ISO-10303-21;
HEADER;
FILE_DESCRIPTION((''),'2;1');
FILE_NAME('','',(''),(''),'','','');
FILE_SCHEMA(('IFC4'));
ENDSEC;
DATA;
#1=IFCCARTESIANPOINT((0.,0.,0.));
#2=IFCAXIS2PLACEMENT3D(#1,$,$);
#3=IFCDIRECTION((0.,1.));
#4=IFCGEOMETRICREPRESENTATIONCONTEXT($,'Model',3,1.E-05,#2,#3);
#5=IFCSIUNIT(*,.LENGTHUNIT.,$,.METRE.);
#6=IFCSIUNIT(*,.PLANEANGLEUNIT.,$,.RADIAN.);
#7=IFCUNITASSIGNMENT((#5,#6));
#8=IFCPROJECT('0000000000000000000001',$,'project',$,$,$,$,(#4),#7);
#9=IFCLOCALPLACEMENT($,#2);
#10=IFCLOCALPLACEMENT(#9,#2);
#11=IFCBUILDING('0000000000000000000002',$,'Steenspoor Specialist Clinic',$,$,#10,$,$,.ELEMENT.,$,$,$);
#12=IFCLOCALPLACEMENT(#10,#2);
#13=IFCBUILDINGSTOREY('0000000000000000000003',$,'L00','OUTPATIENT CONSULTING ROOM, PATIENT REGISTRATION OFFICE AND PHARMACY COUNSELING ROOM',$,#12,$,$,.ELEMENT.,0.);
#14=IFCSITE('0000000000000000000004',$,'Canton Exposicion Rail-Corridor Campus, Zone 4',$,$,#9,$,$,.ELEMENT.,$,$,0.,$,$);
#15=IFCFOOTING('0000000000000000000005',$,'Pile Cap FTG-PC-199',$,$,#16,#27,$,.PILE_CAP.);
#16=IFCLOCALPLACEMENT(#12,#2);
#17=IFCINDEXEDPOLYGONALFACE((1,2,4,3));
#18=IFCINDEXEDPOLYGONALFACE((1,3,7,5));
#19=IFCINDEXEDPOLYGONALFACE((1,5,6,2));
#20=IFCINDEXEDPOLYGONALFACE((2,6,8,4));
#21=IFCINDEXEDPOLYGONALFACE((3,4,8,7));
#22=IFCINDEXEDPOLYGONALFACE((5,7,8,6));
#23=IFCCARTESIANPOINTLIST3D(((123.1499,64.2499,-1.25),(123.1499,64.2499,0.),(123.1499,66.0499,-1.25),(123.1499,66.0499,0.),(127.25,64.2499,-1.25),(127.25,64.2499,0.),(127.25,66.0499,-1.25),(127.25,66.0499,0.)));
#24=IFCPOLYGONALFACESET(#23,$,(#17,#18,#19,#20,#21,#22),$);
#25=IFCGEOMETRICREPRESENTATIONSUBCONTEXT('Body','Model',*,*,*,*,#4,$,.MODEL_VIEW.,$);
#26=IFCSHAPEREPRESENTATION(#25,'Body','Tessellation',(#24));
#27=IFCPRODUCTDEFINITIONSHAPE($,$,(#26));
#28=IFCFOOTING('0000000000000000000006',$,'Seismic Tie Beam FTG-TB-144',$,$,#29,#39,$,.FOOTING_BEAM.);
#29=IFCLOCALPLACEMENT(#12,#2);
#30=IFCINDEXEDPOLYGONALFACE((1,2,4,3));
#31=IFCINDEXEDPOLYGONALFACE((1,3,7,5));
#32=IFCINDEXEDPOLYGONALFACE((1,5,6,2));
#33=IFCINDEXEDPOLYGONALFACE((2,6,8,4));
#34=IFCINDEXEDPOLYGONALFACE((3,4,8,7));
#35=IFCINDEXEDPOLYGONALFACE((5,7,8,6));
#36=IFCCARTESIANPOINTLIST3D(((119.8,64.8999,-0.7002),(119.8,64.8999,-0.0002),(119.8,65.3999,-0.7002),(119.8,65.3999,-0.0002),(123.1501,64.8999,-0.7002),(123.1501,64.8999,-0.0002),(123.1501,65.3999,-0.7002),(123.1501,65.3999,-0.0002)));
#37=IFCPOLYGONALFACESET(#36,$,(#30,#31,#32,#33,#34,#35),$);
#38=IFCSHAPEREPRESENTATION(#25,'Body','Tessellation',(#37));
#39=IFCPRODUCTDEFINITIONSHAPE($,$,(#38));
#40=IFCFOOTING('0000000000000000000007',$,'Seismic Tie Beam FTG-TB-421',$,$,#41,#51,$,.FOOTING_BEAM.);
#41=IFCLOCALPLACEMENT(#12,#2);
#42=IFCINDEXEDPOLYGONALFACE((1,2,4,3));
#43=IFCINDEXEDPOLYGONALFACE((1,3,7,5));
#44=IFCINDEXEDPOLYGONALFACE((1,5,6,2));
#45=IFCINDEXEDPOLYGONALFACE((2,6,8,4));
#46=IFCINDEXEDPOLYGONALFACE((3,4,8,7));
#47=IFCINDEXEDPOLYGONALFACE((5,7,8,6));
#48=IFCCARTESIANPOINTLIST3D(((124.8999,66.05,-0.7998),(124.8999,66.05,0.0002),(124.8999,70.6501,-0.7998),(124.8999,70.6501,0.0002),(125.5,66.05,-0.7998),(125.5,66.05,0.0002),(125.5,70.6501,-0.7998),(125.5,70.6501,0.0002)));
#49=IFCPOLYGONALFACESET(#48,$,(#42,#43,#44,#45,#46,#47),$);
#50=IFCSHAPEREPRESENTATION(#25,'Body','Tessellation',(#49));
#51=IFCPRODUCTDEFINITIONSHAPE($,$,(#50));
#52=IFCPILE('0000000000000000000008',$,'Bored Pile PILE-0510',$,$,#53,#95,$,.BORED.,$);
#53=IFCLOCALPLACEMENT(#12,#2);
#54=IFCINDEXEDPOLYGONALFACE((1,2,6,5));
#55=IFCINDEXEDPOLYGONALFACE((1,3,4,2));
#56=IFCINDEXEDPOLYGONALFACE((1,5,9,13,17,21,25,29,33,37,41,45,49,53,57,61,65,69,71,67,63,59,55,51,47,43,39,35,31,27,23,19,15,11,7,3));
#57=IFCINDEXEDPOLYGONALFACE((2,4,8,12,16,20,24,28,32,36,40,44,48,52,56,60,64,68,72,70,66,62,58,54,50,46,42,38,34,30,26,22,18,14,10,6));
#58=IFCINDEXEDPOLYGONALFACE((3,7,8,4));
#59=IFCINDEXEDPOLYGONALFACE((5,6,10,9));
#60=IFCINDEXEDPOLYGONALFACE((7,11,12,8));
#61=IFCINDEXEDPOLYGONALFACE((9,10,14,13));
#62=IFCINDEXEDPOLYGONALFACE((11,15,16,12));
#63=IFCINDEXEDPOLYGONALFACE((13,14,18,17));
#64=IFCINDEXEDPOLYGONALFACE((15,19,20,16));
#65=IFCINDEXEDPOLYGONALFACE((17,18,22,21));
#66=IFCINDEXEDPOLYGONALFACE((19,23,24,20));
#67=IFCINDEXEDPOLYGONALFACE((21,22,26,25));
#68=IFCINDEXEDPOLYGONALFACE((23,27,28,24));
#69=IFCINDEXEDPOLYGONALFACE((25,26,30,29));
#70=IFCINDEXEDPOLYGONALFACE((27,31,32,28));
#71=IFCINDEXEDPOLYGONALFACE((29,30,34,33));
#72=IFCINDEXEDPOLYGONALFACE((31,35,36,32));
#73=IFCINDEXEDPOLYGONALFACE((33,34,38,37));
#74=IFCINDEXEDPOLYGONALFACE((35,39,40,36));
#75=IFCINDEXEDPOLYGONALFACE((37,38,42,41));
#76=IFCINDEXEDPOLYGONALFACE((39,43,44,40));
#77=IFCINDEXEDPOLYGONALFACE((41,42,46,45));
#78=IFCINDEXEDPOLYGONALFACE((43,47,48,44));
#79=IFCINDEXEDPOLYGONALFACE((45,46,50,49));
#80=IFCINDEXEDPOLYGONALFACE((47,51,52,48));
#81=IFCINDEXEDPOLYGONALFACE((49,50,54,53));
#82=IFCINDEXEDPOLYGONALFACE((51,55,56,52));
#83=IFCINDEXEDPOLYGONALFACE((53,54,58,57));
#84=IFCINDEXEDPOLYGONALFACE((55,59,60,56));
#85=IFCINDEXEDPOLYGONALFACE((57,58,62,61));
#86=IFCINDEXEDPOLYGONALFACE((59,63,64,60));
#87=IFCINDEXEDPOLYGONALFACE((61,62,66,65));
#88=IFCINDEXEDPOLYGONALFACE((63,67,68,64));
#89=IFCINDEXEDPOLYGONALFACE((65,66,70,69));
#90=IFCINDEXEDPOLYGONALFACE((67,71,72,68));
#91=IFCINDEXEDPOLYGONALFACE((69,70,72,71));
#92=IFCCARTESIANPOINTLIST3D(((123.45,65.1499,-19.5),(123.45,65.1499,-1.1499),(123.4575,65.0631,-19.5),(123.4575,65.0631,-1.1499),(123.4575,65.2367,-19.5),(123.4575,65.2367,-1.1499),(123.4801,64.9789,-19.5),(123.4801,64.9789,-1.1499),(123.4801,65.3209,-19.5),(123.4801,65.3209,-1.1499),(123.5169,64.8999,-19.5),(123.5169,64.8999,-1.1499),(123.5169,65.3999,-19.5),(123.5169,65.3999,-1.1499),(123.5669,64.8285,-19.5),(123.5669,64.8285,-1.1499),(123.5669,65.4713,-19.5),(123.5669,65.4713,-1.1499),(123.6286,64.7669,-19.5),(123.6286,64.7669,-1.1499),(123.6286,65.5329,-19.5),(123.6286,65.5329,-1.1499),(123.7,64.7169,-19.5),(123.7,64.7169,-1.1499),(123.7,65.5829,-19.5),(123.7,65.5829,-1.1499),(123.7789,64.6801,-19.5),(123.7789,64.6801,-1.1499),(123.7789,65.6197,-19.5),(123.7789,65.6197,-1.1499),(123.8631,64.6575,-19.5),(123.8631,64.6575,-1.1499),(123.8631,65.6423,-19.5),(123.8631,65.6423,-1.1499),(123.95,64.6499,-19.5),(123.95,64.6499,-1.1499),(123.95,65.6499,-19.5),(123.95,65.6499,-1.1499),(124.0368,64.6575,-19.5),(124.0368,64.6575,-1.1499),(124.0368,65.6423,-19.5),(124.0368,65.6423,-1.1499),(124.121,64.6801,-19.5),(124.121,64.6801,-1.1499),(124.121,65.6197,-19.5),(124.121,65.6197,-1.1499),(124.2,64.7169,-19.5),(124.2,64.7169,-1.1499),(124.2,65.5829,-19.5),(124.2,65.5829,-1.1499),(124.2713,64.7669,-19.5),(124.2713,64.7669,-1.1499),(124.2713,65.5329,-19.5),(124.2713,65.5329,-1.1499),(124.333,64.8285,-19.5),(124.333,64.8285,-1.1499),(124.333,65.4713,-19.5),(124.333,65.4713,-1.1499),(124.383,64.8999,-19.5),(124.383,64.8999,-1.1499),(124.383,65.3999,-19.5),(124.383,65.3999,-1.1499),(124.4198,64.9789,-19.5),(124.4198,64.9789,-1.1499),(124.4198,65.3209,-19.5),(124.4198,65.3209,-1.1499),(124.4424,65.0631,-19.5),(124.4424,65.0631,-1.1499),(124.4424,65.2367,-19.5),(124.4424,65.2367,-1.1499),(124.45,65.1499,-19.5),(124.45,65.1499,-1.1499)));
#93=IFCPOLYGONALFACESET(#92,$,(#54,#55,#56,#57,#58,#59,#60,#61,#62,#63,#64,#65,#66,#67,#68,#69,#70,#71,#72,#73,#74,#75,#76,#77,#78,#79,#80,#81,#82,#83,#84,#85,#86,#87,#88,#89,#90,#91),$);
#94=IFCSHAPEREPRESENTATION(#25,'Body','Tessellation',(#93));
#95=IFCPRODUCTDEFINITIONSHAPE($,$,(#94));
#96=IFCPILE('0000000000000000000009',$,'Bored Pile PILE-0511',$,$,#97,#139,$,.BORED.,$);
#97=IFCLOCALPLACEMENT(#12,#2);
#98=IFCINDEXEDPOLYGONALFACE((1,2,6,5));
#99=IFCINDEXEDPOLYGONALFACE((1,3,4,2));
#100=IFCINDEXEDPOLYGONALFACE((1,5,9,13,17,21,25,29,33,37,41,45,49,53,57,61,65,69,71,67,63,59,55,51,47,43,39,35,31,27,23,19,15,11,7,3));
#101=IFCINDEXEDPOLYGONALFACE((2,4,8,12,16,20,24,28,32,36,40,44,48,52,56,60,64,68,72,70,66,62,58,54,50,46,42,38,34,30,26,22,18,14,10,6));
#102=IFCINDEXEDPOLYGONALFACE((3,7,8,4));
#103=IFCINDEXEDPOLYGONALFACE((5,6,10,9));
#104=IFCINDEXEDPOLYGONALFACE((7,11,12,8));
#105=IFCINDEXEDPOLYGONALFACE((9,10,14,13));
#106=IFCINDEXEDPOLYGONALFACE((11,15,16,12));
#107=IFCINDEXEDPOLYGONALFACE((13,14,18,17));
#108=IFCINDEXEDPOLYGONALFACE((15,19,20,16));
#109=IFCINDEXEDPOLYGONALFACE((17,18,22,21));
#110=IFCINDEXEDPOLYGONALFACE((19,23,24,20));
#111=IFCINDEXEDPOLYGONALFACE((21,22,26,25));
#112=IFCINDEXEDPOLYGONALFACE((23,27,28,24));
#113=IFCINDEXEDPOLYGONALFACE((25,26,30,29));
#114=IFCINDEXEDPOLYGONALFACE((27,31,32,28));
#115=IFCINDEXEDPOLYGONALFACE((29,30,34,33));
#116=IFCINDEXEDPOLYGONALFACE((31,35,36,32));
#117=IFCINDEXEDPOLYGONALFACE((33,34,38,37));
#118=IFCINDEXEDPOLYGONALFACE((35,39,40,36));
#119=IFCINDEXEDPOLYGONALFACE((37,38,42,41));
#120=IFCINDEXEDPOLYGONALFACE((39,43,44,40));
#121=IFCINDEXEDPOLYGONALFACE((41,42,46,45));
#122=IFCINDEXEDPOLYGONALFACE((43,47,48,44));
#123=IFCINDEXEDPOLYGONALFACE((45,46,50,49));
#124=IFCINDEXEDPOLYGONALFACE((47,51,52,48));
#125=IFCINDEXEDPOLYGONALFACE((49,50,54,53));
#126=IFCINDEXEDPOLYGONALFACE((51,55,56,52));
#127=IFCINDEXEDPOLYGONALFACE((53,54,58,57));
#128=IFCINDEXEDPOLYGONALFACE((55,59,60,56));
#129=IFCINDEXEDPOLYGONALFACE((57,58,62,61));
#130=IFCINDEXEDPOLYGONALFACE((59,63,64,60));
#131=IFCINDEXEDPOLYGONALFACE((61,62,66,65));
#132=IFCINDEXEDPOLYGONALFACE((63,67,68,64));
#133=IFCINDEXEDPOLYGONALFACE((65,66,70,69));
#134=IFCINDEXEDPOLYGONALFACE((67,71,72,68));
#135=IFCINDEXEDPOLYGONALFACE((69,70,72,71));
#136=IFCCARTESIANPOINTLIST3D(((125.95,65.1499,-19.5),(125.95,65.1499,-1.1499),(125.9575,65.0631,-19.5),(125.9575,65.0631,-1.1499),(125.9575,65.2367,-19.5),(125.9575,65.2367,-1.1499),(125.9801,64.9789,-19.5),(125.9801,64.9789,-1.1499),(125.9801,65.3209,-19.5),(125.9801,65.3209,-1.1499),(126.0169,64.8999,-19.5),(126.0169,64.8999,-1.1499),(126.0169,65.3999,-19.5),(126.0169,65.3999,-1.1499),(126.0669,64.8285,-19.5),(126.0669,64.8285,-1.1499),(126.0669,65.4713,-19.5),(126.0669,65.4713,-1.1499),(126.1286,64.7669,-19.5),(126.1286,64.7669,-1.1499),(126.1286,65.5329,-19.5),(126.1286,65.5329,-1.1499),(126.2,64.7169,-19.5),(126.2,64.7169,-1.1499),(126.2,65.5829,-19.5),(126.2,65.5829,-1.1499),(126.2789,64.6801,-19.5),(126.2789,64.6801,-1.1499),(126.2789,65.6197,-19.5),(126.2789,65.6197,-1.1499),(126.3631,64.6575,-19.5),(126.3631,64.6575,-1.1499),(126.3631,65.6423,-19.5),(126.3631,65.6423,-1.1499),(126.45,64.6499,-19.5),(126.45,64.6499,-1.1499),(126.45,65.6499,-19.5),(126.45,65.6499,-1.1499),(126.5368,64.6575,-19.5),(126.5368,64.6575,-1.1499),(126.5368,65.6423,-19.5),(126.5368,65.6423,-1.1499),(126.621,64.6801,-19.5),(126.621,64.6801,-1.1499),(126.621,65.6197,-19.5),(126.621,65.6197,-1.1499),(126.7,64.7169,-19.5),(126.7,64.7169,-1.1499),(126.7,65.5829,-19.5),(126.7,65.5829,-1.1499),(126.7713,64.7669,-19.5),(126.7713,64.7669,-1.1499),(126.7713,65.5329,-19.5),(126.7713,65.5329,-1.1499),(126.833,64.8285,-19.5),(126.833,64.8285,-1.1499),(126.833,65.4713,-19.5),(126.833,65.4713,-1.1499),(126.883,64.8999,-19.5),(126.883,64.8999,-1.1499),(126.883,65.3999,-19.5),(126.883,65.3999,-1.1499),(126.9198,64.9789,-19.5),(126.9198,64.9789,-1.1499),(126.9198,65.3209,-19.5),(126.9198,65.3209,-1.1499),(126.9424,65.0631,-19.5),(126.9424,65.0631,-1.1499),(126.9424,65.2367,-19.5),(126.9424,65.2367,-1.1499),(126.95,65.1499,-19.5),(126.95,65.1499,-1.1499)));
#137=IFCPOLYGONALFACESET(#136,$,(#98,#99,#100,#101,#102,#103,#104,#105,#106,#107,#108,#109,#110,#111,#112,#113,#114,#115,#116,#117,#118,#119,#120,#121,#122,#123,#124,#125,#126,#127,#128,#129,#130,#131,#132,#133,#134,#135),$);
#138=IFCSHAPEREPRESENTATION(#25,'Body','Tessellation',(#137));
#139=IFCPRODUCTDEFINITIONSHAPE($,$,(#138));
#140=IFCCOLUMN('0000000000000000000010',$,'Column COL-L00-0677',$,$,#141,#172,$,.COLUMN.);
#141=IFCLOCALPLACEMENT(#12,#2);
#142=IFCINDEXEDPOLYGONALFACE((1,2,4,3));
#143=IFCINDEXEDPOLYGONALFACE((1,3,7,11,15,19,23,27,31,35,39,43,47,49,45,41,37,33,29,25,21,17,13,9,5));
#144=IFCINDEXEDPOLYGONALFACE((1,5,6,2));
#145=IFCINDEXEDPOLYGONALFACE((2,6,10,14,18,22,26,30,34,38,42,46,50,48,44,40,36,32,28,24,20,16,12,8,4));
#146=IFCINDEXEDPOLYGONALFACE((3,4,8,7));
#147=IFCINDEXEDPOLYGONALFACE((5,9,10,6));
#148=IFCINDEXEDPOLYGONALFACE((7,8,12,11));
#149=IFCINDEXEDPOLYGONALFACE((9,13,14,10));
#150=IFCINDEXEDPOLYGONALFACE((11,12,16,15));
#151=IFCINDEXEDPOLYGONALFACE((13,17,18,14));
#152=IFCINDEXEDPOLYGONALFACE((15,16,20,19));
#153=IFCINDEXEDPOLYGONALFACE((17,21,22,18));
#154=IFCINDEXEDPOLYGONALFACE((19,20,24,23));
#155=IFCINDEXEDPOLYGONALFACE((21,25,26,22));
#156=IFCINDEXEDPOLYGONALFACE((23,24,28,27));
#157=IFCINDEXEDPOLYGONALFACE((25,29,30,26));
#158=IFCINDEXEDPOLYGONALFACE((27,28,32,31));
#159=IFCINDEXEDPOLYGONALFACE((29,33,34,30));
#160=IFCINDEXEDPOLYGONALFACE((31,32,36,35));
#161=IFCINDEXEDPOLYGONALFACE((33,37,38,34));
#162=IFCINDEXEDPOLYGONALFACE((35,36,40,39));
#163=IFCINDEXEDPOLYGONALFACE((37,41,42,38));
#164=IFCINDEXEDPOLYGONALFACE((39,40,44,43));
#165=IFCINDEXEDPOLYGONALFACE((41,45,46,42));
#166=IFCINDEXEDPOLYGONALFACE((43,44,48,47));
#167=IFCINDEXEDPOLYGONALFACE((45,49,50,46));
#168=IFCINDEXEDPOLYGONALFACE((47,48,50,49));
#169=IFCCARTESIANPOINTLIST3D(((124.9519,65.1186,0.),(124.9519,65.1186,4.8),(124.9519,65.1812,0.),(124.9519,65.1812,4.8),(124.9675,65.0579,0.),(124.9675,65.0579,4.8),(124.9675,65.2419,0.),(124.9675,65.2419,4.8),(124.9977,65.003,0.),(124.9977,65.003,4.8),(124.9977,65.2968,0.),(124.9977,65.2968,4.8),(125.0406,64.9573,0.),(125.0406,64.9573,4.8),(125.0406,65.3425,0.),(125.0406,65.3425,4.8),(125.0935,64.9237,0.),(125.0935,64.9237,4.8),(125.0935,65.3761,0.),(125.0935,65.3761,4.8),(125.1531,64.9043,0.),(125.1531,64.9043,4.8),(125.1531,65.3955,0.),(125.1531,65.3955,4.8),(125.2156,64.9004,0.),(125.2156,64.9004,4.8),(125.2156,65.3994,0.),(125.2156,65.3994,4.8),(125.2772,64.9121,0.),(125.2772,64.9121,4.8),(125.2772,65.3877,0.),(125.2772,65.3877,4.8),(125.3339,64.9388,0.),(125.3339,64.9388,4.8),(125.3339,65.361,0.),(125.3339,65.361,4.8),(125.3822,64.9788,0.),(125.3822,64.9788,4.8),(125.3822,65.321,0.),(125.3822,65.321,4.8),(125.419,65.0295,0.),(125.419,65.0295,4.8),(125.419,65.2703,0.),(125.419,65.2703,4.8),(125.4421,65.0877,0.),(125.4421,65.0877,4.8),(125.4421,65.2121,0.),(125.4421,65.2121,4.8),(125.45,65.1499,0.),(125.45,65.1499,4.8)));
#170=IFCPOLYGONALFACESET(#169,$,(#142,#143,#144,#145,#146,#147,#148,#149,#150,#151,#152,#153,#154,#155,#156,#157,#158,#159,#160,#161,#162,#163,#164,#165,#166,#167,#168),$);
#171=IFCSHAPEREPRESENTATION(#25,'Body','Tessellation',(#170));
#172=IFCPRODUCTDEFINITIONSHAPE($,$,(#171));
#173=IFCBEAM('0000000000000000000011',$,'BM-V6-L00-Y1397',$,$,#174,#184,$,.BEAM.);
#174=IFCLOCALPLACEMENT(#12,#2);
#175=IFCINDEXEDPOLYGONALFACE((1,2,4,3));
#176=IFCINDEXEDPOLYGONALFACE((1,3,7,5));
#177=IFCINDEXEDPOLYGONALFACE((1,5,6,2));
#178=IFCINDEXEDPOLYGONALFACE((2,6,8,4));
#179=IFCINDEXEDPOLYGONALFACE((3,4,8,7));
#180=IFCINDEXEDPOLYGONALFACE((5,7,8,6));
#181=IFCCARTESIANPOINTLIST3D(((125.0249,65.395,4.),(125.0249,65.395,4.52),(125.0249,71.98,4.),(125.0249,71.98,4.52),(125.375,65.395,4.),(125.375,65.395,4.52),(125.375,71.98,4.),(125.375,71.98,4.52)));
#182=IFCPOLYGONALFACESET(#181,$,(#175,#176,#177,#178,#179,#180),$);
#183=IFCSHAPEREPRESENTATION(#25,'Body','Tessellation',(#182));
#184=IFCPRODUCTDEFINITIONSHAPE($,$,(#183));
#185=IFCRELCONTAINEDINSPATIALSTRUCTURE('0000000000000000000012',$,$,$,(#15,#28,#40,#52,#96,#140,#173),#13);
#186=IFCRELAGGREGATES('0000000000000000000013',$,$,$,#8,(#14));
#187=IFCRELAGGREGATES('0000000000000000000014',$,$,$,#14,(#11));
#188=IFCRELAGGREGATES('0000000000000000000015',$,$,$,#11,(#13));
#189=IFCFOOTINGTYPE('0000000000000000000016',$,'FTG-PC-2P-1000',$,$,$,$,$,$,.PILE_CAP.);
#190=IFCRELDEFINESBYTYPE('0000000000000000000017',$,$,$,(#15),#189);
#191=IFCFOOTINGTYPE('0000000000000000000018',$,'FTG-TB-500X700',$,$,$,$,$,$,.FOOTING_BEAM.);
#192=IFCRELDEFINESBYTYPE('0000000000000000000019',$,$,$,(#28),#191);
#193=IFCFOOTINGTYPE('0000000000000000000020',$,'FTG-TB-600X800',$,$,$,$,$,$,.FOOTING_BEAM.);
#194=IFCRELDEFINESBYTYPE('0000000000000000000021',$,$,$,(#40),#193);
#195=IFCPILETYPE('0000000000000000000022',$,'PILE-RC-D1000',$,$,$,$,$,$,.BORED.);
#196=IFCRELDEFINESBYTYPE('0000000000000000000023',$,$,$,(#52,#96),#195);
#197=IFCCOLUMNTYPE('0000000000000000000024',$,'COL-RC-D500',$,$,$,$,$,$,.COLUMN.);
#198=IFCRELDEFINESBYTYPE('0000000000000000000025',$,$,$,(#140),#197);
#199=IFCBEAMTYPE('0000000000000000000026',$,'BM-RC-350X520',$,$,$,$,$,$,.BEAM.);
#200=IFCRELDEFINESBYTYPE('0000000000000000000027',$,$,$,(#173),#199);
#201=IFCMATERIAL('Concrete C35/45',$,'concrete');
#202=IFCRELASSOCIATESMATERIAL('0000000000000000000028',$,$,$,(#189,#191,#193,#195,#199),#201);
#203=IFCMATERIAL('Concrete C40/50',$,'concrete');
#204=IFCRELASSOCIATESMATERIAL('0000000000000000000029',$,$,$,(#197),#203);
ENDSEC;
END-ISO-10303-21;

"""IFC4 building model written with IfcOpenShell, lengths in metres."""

from ifc_helpers import new_model, si_unit, direction, frame, origin, origin_2d, place, context, subcontext, project, spatial, rectangle, circle, extrude, material, material_profile, profile_set, type_object, element, save


model = new_model("IFC4")

# Units and contexts
model_context = context("Model", 3, precision=1e-05, world=origin(), true_north=direction((0.0, 1.0)))
body_context = subcontext(model_context, "Body", "Model", "MODEL_VIEW")
ifc_project = project(units=[si_unit("LENGTHUNIT", "METRE"), si_unit("PLANEANGLEUNIT", "RADIAN")], contexts=[model_context])

# Site, building, storey
site_placement = place(None, origin())
site = spatial("IfcSite", under=ifc_project, at=site_placement, Name="Canton Exposicion Rail-Corridor Campus, Zone 4", CompositionType="ELEMENT", RefElevation=0.0)
building_placement = place(site_placement, origin())
building = spatial("IfcBuilding", under=site, at=building_placement, Name="Steenspoor Specialist Clinic", CompositionType="ELEMENT")
storey_placement = place(building_placement, origin())
storey = spatial("IfcBuildingStorey", under=building, at=storey_placement, Name="L00", Description="OUTPATIENT CONSULTING ROOM, PATIENT REGISTRATION OFFICE AND PHARMACY COUNSELING ROOM", CompositionType="ELEMENT", Elevation=0.0)

# Footings
ifc_material_1 = material(Name="Concrete C35/45", Category="concrete")
footing_type_1 = type_object("IfcFootingType", Name="FTG-PC-2P-1000", PredefinedType="PILE_CAP", material=ifc_material_1)
footing_1_placement = place(storey_placement, frame((125.2, 65.1499, -1.25), z_axis=(0.0, 0.0, 1.0), x_axis=(1.0, 0.0, 0.0)))
element("IfcFooting", 1, at=footing_1_placement, inside=storey, type_object=footing_type_1, Name="Pile Cap FTG-PC-199", PredefinedType="PILE_CAP", context=body_context, shape_type="SweptSolid", body=[
    extrude(rectangle(XDim=4.1001, YDim=1.8, at=origin_2d()), origin(), (0.0, 0.0, 1.0), 1.25),
])
footing_type_2 = type_object("IfcFootingType", Name="FTG-TB-500X700", PredefinedType="FOOTING_BEAM", material=ifc_material_1)
footing_2_placement = place(storey_placement, frame((121.4751, 65.1499, -0.7002), z_axis=(0.0, 0.0, 1.0), x_axis=(1.0, 0.0, 0.0)))
element("IfcFooting", 2, at=footing_2_placement, inside=storey, type_object=footing_type_2, Name="Seismic Tie Beam FTG-TB-144", PredefinedType="FOOTING_BEAM", context=body_context, shape_type="SweptSolid", body=[
    extrude(rectangle(XDim=3.3501, YDim=0.5, at=origin_2d()), origin(), (0.0, 0.0, 1.0), 0.7),
])
footing_type_3 = type_object("IfcFootingType", Name="FTG-TB-600X800", PredefinedType="FOOTING_BEAM", material=ifc_material_1)
footing_3_placement = place(storey_placement, frame((125.2, 68.3501, -0.7998), z_axis=(0.0, 0.0, 1.0), x_axis=(1.0, 0.0, 0.0)))
element("IfcFooting", 3, at=footing_3_placement, inside=storey, type_object=footing_type_3, Name="Seismic Tie Beam FTG-TB-421", PredefinedType="FOOTING_BEAM", context=body_context, shape_type="SweptSolid", body=[
    extrude(rectangle(XDim=0.6001, YDim=4.6001, at=origin_2d()), origin(), (0.0, 0.0, 1.0), 0.8),
])

# Piles
ifc_material_profile_1 = material_profile(ifc_material_1, circle(Radius=0.5, at=origin_2d()), Name="PILE-D1000")
ifc_profile_set_1 = profile_set([ifc_material_profile_1], Name="Concrete C35/45")
pile_type = type_object("IfcPileType", Name="PILE-RC-D1000", PredefinedType="BORED", material=ifc_profile_set_1)
for number, where, z_axis, x_axis, name in (
    (4, (123.95, 65.1499, -1.1499), (0.0, 0.0, -1.0), (1.0, 0.0, 0.0), "Bored Pile PILE-0510"),
    (5, (126.45, 65.1499, -1.1499), (0.0, 0.0, -1.0), (1.0, 0.0, 0.0), "Bored Pile PILE-0511"),
):
    element("IfcPile", number, at=place(storey_placement, frame(where, z_axis=z_axis, x_axis=x_axis)), inside=storey, type_object=pile_type, Name=name, PredefinedType="BORED", context=body_context, shape_type="SweptSolid", body=[
        extrude(circle(Radius=0.5, at=origin_2d()), origin(), (0.0, 0.0, 1.0), 18.3501),
    ])

# Column
ifc_material_2 = material(Name="Concrete C40/50", Category="concrete")
ifc_material_profile_2 = material_profile(ifc_material_2, circle(Radius=0.25, at=origin_2d()), Name="RC-COL-D500")
ifc_profile_set_2 = profile_set([ifc_material_profile_2], Name="Concrete C40/50")
column_type = type_object("IfcColumnType", Name="COL-RC-D500", PredefinedType="COLUMN", material=ifc_profile_set_2)
column_placement = place(storey_placement, frame((125.2, 65.1499, 0.0), z_axis=(0.0, 0.0, 1.0), x_axis=(1.0, 0.0, 0.0)))
element("IfcColumn", 6, at=column_placement, inside=storey, type_object=column_type, Name="Column COL-L00-0677", PredefinedType="COLUMN", context=body_context, shape_type="SweptSolid", body=[
    extrude(circle(Radius=0.25, at=origin_2d()), origin(), (0.0, 0.0, 1.0), 4.8),
])

# Beam
ifc_material_profile_3 = material_profile(ifc_material_1, rectangle(XDim=0.3501, YDim=0.52, at=origin_2d()), Name="RC-BM-350X520")
ifc_profile_set_3 = profile_set([ifc_material_profile_3], Name="Concrete C35/45")
beam_type_1 = type_object("IfcBeamType", Name="BM-RC-350X520", PredefinedType="BEAM", material=ifc_profile_set_3)
beam_1_placement = place(storey_placement, frame((125.2, 65.395, 4.26), z_axis=(0.0, 1.0, 0.0), x_axis=(-1.0, 0.0, 0.0)))
element("IfcBeam", 7, at=beam_1_placement, inside=storey, type_object=beam_type_1, Name="BM-V6-L00-Y1397", PredefinedType="BEAM", context=body_context, shape_type="SweptSolid", body=[
    extrude(rectangle(XDim=0.3501, YDim=0.52, at=origin_2d()), origin(), (0.0, 0.0, 1.0), 6.585),
])

save(model, "model.ifc")
